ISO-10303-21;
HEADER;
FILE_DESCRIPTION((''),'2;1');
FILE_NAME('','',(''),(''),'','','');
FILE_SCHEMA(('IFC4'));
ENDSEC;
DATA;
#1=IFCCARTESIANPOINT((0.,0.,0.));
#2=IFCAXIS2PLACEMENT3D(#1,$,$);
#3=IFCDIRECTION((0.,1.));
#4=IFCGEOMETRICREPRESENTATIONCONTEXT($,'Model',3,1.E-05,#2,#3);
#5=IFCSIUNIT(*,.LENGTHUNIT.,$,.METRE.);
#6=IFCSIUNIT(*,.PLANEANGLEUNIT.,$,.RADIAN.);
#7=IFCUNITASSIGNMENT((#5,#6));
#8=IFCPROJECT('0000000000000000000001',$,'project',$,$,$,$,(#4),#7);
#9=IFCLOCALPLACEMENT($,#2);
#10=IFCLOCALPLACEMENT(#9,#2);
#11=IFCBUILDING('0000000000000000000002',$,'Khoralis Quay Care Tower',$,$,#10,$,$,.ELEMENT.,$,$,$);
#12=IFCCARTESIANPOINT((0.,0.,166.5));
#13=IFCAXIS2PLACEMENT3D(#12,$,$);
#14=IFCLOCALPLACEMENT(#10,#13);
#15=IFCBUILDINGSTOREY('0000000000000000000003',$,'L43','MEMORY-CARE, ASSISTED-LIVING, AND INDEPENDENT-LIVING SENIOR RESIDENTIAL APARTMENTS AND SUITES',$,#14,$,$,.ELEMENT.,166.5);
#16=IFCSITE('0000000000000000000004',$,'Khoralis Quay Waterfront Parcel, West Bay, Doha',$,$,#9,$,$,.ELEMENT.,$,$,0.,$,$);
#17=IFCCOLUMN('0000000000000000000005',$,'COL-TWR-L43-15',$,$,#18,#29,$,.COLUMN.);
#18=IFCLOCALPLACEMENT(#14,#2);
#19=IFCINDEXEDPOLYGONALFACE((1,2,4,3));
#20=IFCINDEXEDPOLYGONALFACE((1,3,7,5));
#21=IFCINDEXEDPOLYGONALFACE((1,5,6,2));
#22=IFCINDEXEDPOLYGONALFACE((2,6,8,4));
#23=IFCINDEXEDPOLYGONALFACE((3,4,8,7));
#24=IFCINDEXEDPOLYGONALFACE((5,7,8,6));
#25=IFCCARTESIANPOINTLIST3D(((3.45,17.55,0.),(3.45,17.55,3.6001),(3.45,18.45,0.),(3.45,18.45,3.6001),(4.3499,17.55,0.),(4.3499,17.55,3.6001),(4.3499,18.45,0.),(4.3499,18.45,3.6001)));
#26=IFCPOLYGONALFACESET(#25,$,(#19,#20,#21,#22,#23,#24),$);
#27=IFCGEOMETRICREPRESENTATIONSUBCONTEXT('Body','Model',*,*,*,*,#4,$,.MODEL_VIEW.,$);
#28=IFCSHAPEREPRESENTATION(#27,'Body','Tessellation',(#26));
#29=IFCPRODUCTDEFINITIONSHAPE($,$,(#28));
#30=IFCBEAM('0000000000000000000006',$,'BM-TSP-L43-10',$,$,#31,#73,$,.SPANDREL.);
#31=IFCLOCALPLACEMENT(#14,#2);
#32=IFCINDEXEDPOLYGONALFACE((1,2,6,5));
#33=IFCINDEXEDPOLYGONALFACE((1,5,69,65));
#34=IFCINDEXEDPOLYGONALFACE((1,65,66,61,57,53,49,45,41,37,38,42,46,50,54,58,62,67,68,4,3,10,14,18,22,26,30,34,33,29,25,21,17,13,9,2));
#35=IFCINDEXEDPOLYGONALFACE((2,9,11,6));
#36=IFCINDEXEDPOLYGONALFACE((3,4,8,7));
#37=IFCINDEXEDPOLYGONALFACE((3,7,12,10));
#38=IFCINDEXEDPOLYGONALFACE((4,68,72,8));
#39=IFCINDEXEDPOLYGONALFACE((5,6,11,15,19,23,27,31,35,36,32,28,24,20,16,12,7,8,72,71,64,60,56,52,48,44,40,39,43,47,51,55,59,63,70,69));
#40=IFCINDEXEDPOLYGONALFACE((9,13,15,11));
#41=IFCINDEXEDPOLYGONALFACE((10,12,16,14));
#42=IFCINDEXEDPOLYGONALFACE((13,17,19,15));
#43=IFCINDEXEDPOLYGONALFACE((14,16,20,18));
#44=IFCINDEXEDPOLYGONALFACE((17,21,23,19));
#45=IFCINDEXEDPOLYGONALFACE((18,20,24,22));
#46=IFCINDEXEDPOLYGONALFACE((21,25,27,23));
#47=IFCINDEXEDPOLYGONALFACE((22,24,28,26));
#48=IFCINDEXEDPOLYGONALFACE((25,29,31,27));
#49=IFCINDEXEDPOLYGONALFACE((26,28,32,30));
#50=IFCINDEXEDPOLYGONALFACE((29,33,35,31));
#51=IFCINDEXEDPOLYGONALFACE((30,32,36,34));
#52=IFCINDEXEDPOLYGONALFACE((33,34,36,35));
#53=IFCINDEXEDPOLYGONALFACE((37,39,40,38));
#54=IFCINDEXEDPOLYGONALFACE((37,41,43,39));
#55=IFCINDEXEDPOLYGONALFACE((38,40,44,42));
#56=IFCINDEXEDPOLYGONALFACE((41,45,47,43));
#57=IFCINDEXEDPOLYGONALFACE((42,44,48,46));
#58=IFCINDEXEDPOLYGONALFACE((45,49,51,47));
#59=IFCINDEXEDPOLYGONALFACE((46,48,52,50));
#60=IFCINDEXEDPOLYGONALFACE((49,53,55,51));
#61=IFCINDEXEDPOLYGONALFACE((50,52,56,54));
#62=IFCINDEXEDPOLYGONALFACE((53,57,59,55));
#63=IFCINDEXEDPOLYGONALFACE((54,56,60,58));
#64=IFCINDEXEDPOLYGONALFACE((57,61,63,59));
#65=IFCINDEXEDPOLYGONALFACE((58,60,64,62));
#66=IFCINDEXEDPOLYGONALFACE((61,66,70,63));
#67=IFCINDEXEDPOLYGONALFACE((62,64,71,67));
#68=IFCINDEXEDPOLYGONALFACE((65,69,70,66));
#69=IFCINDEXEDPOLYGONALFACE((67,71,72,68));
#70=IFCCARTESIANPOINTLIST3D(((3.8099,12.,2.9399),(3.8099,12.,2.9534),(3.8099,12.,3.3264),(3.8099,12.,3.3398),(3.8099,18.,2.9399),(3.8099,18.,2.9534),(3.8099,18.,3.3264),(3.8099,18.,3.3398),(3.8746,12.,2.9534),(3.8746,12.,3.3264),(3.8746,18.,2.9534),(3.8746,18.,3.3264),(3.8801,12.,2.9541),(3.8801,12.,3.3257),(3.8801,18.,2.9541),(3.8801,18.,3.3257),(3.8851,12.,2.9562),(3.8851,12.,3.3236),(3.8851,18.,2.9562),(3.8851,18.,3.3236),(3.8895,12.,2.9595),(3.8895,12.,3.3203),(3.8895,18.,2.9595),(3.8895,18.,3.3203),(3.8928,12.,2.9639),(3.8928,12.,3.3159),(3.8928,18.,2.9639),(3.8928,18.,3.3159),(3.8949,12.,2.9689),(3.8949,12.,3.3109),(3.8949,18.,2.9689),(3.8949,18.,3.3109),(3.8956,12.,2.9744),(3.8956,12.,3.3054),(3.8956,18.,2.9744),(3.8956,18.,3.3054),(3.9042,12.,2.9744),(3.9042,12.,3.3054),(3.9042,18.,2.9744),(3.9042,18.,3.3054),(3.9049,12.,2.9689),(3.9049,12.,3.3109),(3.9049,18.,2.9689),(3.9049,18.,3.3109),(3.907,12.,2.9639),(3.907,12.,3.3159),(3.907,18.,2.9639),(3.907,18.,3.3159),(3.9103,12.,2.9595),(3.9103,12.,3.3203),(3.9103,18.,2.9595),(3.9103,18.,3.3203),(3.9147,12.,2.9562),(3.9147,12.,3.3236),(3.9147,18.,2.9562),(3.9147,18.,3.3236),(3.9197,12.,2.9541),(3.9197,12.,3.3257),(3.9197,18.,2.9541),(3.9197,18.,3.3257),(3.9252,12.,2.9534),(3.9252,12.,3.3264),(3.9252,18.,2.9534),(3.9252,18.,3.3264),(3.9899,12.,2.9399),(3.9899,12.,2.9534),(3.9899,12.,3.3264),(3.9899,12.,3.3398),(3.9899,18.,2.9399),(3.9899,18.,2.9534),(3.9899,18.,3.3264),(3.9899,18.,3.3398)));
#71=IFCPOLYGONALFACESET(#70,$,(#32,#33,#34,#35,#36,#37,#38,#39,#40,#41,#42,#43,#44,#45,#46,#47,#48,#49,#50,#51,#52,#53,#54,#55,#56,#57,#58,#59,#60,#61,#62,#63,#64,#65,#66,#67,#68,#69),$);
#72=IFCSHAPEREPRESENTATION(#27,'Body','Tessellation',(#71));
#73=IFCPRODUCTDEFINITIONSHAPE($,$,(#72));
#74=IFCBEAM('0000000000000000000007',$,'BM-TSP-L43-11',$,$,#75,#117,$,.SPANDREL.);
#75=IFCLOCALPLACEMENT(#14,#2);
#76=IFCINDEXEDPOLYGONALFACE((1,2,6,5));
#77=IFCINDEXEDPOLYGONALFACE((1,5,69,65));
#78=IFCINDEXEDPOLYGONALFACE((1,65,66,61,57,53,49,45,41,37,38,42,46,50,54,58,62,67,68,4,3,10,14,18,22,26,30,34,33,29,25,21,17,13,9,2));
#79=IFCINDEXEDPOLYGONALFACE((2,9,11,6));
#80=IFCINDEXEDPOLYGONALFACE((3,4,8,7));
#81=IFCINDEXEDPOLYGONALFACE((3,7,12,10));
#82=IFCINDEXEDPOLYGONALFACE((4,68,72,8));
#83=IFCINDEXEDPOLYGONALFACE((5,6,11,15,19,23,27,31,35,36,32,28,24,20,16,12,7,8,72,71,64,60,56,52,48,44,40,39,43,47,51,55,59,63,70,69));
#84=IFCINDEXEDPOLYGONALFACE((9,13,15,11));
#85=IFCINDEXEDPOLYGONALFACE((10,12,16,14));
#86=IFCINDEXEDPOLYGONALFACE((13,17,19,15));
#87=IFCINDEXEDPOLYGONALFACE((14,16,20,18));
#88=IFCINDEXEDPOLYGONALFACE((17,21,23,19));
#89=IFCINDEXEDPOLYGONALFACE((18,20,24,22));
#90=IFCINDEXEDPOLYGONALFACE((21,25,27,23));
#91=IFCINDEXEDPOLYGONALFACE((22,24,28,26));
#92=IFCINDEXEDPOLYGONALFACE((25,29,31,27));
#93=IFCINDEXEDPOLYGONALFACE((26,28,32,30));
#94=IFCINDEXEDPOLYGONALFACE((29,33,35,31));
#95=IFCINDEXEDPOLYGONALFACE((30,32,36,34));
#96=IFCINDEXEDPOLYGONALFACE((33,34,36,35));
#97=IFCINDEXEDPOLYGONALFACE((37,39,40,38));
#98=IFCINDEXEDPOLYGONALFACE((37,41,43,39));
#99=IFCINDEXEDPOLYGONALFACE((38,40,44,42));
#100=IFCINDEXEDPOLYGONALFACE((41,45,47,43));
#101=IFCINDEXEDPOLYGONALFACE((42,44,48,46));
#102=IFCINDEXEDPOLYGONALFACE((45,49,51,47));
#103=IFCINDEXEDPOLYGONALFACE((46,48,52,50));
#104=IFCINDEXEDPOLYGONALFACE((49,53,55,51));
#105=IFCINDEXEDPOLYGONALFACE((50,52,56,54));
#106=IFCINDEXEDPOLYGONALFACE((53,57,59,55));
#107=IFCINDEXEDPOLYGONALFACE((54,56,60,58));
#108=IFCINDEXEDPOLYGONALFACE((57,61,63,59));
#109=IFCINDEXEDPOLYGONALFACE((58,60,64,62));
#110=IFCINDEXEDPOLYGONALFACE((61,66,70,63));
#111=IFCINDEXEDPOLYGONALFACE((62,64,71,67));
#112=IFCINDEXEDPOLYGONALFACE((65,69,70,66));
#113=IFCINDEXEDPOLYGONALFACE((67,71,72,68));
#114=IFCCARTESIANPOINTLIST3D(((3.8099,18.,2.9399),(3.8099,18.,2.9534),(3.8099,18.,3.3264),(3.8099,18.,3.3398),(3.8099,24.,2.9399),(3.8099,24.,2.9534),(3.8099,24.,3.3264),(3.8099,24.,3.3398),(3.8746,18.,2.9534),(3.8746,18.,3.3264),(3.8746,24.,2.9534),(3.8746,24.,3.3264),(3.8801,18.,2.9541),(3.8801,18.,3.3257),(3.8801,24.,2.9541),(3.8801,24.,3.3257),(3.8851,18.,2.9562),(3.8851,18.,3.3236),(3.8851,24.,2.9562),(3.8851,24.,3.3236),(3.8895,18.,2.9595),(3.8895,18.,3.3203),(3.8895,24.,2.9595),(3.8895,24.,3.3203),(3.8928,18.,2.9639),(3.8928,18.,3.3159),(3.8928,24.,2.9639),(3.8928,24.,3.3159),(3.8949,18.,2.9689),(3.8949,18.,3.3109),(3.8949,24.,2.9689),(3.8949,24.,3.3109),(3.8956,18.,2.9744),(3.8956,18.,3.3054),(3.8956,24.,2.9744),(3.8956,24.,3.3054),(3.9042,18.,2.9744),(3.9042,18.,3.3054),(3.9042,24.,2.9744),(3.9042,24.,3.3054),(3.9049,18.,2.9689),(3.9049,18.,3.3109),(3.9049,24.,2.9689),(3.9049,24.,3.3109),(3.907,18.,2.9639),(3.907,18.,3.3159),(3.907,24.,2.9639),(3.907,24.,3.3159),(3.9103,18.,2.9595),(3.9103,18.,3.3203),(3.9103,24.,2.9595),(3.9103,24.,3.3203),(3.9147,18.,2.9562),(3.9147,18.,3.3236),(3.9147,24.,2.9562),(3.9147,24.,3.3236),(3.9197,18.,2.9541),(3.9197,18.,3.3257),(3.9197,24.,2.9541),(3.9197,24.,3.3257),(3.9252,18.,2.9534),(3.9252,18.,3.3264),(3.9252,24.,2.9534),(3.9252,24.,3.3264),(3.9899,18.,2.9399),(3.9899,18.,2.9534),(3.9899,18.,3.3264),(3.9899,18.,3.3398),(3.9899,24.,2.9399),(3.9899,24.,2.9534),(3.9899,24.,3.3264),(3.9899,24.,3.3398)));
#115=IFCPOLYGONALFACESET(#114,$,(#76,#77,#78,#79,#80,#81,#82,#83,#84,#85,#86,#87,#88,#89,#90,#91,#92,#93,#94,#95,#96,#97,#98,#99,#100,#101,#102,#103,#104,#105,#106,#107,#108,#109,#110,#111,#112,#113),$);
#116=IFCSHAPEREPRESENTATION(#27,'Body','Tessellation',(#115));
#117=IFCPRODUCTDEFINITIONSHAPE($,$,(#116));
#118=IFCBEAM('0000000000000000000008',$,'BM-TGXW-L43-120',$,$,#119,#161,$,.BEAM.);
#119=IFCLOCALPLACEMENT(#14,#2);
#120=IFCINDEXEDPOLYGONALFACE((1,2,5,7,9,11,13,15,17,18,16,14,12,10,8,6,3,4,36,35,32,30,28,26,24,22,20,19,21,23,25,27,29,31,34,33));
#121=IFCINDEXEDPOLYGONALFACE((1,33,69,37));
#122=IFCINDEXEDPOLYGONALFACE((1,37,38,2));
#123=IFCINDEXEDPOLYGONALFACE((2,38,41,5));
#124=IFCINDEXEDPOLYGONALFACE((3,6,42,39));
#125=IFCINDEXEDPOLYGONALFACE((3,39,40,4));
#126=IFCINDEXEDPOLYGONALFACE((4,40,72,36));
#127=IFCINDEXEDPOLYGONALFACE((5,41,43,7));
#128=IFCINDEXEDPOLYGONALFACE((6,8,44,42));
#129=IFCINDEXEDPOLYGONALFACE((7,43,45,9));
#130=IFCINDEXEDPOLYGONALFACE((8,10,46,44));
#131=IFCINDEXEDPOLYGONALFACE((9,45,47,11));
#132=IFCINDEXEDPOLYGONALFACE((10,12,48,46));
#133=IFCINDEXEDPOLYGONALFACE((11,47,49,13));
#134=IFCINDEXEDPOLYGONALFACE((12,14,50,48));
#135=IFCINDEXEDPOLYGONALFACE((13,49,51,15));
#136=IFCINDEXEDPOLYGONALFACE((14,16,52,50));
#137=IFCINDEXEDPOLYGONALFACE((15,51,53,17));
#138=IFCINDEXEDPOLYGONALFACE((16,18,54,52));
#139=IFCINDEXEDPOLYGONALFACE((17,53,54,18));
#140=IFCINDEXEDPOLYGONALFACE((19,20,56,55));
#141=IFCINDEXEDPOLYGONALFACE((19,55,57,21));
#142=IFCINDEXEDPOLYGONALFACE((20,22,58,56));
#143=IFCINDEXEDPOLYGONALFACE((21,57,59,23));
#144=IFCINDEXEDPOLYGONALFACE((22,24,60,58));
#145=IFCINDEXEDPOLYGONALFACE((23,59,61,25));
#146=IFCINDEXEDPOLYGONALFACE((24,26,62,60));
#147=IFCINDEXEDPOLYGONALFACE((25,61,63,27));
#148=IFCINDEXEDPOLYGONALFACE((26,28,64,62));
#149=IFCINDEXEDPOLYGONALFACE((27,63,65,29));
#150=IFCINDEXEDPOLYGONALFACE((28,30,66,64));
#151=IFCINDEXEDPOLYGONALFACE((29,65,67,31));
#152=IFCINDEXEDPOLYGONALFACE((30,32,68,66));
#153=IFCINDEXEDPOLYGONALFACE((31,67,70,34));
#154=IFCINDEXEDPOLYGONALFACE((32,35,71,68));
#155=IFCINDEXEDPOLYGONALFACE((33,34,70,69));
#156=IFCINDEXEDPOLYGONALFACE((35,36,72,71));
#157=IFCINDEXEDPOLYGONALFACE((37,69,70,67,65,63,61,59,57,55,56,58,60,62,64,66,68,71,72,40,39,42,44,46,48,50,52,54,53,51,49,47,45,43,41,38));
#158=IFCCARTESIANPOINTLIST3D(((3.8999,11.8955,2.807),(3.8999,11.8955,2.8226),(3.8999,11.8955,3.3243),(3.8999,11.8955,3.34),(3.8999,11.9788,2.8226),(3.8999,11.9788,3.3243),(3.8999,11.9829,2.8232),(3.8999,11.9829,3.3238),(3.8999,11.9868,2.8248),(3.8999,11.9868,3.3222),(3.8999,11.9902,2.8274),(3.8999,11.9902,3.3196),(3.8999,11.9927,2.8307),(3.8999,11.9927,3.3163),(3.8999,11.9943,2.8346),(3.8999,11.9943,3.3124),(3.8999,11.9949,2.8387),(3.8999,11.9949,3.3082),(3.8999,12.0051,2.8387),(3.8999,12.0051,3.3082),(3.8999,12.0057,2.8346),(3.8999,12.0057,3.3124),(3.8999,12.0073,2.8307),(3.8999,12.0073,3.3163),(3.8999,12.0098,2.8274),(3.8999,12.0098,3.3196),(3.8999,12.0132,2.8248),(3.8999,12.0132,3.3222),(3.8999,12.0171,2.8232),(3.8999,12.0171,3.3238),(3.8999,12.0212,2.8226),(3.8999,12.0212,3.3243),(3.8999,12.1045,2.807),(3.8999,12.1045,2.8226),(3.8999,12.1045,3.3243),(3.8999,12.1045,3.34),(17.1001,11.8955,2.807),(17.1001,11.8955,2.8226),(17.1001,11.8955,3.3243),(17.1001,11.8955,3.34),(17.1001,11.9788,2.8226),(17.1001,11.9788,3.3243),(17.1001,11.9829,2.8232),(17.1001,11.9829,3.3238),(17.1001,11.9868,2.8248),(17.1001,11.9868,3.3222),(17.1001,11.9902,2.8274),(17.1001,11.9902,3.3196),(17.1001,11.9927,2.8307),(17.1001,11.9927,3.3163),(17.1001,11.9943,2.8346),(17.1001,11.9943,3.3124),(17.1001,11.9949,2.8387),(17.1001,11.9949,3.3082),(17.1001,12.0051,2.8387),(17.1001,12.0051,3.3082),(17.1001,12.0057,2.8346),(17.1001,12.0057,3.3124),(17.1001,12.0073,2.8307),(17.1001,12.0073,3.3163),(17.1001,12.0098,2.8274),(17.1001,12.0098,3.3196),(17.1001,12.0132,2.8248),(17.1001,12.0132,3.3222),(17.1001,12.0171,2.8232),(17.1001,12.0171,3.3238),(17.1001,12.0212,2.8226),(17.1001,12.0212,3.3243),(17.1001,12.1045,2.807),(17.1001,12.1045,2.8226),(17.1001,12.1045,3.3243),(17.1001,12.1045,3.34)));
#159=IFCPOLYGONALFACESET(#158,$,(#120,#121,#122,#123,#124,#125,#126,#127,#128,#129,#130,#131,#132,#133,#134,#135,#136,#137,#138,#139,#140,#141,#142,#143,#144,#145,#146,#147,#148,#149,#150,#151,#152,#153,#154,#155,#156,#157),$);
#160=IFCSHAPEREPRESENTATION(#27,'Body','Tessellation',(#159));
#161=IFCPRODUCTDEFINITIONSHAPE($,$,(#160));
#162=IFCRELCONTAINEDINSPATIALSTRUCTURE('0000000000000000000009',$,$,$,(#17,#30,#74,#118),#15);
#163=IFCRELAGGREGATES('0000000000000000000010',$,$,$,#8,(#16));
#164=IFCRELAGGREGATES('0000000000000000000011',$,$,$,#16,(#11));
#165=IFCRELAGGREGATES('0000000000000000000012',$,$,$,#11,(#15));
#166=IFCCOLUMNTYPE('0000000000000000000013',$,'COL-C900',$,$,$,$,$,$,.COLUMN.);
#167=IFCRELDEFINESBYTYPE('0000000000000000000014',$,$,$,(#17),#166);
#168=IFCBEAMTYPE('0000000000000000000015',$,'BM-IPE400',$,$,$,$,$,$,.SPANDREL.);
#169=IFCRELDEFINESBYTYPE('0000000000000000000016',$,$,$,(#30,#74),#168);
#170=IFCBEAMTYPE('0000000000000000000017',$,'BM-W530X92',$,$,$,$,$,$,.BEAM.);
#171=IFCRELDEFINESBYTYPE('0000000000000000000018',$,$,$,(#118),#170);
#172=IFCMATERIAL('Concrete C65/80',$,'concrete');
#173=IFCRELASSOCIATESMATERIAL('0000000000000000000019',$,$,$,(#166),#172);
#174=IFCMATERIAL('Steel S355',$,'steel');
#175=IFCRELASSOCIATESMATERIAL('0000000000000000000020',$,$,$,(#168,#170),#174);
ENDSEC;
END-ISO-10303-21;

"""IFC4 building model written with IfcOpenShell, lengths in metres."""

from ifc_helpers import new_model, si_unit, direction, frame, origin, origin_2d, place, context, subcontext, project, spatial, rectangle, i_section, extrude, source, transform, mapped, material, material_profile, profile_set, type_object, element, save


model = new_model("IFC4")

# Units and contexts
model_context = context("Model", 3, precision=1e-05, world=origin(), true_north=direction((0.0, 1.0)))
body_context = subcontext(model_context, "Body", "Model", "MODEL_VIEW")
ifc_project = project(units=[si_unit("LENGTHUNIT", "METRE"), si_unit("PLANEANGLEUNIT", "RADIAN")], contexts=[model_context])

# Site, building, storey
site_placement = place(None, origin())
site = spatial("IfcSite", under=ifc_project, at=site_placement, Name="Khoralis Quay Waterfront Parcel, West Bay, Doha", CompositionType="ELEMENT", RefElevation=0.0)
building_placement = place(site_placement, origin())
building = spatial("IfcBuilding", under=site, at=building_placement, Name="Khoralis Quay Care Tower", CompositionType="ELEMENT")
storey_placement = place(building_placement, frame((0.0, 0.0, 166.5)))
storey = spatial("IfcBuildingStorey", under=building, at=storey_placement, Name="L43", Description="MEMORY-CARE, ASSISTED-LIVING, AND INDEPENDENT-LIVING SENIOR RESIDENTIAL APARTMENTS AND SUITES", CompositionType="ELEMENT", Elevation=166.5)

# Column
ifc_material_1 = material(Name="Concrete C65/80", Category="concrete")
ifc_material_profile_1 = material_profile(ifc_material_1, rectangle(XDim=0.8999, YDim=0.8999, at=origin_2d()), Name="Concrete C65/80")
ifc_profile_set_1 = profile_set([ifc_material_profile_1], Name="Concrete C65/80")
column_type = type_object("IfcColumnType", Name="COL-C900", PredefinedType="COLUMN", material=ifc_profile_set_1)
shared_shape_1 = source(origin(), body_context, "Body", "SweptSolid", [
    extrude(rectangle(XDim=0.8999, YDim=0.8999, at=origin_2d()), origin(), (0.0, 0.0, 1.0), 3.6001),
])
column_placement = place(storey_placement, frame((3.8999, 18.0, 0.0), z_axis=(0.0, 0.0, 1.0), x_axis=(1.0, 0.0, 0.0)))
element("IfcColumn", 1, at=column_placement, inside=storey, type_object=column_type, Name="COL-TWR-L43-15", PredefinedType="COLUMN", context=body_context, shape_type="MappedRepresentation", body=[
    mapped(shared_shape_1, transform((0.0, 0.0, 0.0), scale=1.0)),
])

# Beams
ifc_material_2 = material(Name="Steel S355", Category="steel")
ifc_material_profile_2 = material_profile(ifc_material_2, i_section(OverallWidth=0.1799, OverallDepth=0.3999, WebThickness=0.0085, FlangeThickness=0.0134, FilletRadius=0.021, at=origin_2d()), Name="Steel S355")
ifc_profile_set_2 = profile_set([ifc_material_profile_2], Name="Steel S355")
beam_type_1 = type_object("IfcBeamType", Name="BM-IPE400", PredefinedType="SPANDREL", material=ifc_profile_set_2)
shared_shape_2 = source(origin(), body_context, "Body", "SweptSolid", [
    extrude(i_section(OverallWidth=0.1799, OverallDepth=0.3999, WebThickness=0.0085, FlangeThickness=0.0134, FilletRadius=0.021, at=origin_2d()), origin(), (0.0, 0.0, 1.0), 6.0),
])
for number, where, z_axis, x_axis, name in (
    (2, (3.8999, 12.0, 3.1399), (0.0, 1.0, 0.0), (-1.0, 0.0, 0.0), "BM-TSP-L43-10"),
    (3, (3.8999, 18.0, 3.1399), (0.0, 1.0, 0.0), (-1.0, 0.0, 0.0), "BM-TSP-L43-11"),
):
    element("IfcBeam", number, at=place(storey_placement, frame(where, z_axis=z_axis, x_axis=x_axis)), inside=storey, type_object=beam_type_1, Name=name, PredefinedType="SPANDREL", context=body_context, shape_type="MappedRepresentation", body=[
        mapped(shared_shape_2, transform((0.0, 0.0, 0.0), scale=1.0)),
    ])
ifc_material_profile_3 = material_profile(ifc_material_2, i_section(OverallWidth=0.209, OverallDepth=0.533, WebThickness=0.0103, FlangeThickness=0.0156, FilletRadius=0.0161, at=origin_2d()), Name="Steel S355")
ifc_profile_set_3 = profile_set([ifc_material_profile_3], Name="Steel S355")
beam_type_2 = type_object("IfcBeamType", Name="BM-W530X92", PredefinedType="BEAM", material=ifc_profile_set_3)
shared_shape_3 = source(origin(), body_context, "Body", "SweptSolid", [
    extrude(i_section(OverallWidth=0.209, OverallDepth=0.533, WebThickness=0.0103, FlangeThickness=0.0156, FilletRadius=0.0161, at=origin_2d()), origin(), (0.0, 0.0, 1.0), 13.2002),
])
beam_1_placement = place(storey_placement, frame((3.8999, 12.0, 3.0735), z_axis=(1.0, 0.0, 0.0), x_axis=(0.0, 1.0, 0.0)))
element("IfcBeam", 4, at=beam_1_placement, inside=storey, type_object=beam_type_2, Name="BM-TGXW-L43-120", PredefinedType="BEAM", context=body_context, shape_type="MappedRepresentation", body=[
    mapped(shared_shape_3, transform((0.0, 0.0, 0.0), scale=1.0)),
])

save(model, "model.ifc")
